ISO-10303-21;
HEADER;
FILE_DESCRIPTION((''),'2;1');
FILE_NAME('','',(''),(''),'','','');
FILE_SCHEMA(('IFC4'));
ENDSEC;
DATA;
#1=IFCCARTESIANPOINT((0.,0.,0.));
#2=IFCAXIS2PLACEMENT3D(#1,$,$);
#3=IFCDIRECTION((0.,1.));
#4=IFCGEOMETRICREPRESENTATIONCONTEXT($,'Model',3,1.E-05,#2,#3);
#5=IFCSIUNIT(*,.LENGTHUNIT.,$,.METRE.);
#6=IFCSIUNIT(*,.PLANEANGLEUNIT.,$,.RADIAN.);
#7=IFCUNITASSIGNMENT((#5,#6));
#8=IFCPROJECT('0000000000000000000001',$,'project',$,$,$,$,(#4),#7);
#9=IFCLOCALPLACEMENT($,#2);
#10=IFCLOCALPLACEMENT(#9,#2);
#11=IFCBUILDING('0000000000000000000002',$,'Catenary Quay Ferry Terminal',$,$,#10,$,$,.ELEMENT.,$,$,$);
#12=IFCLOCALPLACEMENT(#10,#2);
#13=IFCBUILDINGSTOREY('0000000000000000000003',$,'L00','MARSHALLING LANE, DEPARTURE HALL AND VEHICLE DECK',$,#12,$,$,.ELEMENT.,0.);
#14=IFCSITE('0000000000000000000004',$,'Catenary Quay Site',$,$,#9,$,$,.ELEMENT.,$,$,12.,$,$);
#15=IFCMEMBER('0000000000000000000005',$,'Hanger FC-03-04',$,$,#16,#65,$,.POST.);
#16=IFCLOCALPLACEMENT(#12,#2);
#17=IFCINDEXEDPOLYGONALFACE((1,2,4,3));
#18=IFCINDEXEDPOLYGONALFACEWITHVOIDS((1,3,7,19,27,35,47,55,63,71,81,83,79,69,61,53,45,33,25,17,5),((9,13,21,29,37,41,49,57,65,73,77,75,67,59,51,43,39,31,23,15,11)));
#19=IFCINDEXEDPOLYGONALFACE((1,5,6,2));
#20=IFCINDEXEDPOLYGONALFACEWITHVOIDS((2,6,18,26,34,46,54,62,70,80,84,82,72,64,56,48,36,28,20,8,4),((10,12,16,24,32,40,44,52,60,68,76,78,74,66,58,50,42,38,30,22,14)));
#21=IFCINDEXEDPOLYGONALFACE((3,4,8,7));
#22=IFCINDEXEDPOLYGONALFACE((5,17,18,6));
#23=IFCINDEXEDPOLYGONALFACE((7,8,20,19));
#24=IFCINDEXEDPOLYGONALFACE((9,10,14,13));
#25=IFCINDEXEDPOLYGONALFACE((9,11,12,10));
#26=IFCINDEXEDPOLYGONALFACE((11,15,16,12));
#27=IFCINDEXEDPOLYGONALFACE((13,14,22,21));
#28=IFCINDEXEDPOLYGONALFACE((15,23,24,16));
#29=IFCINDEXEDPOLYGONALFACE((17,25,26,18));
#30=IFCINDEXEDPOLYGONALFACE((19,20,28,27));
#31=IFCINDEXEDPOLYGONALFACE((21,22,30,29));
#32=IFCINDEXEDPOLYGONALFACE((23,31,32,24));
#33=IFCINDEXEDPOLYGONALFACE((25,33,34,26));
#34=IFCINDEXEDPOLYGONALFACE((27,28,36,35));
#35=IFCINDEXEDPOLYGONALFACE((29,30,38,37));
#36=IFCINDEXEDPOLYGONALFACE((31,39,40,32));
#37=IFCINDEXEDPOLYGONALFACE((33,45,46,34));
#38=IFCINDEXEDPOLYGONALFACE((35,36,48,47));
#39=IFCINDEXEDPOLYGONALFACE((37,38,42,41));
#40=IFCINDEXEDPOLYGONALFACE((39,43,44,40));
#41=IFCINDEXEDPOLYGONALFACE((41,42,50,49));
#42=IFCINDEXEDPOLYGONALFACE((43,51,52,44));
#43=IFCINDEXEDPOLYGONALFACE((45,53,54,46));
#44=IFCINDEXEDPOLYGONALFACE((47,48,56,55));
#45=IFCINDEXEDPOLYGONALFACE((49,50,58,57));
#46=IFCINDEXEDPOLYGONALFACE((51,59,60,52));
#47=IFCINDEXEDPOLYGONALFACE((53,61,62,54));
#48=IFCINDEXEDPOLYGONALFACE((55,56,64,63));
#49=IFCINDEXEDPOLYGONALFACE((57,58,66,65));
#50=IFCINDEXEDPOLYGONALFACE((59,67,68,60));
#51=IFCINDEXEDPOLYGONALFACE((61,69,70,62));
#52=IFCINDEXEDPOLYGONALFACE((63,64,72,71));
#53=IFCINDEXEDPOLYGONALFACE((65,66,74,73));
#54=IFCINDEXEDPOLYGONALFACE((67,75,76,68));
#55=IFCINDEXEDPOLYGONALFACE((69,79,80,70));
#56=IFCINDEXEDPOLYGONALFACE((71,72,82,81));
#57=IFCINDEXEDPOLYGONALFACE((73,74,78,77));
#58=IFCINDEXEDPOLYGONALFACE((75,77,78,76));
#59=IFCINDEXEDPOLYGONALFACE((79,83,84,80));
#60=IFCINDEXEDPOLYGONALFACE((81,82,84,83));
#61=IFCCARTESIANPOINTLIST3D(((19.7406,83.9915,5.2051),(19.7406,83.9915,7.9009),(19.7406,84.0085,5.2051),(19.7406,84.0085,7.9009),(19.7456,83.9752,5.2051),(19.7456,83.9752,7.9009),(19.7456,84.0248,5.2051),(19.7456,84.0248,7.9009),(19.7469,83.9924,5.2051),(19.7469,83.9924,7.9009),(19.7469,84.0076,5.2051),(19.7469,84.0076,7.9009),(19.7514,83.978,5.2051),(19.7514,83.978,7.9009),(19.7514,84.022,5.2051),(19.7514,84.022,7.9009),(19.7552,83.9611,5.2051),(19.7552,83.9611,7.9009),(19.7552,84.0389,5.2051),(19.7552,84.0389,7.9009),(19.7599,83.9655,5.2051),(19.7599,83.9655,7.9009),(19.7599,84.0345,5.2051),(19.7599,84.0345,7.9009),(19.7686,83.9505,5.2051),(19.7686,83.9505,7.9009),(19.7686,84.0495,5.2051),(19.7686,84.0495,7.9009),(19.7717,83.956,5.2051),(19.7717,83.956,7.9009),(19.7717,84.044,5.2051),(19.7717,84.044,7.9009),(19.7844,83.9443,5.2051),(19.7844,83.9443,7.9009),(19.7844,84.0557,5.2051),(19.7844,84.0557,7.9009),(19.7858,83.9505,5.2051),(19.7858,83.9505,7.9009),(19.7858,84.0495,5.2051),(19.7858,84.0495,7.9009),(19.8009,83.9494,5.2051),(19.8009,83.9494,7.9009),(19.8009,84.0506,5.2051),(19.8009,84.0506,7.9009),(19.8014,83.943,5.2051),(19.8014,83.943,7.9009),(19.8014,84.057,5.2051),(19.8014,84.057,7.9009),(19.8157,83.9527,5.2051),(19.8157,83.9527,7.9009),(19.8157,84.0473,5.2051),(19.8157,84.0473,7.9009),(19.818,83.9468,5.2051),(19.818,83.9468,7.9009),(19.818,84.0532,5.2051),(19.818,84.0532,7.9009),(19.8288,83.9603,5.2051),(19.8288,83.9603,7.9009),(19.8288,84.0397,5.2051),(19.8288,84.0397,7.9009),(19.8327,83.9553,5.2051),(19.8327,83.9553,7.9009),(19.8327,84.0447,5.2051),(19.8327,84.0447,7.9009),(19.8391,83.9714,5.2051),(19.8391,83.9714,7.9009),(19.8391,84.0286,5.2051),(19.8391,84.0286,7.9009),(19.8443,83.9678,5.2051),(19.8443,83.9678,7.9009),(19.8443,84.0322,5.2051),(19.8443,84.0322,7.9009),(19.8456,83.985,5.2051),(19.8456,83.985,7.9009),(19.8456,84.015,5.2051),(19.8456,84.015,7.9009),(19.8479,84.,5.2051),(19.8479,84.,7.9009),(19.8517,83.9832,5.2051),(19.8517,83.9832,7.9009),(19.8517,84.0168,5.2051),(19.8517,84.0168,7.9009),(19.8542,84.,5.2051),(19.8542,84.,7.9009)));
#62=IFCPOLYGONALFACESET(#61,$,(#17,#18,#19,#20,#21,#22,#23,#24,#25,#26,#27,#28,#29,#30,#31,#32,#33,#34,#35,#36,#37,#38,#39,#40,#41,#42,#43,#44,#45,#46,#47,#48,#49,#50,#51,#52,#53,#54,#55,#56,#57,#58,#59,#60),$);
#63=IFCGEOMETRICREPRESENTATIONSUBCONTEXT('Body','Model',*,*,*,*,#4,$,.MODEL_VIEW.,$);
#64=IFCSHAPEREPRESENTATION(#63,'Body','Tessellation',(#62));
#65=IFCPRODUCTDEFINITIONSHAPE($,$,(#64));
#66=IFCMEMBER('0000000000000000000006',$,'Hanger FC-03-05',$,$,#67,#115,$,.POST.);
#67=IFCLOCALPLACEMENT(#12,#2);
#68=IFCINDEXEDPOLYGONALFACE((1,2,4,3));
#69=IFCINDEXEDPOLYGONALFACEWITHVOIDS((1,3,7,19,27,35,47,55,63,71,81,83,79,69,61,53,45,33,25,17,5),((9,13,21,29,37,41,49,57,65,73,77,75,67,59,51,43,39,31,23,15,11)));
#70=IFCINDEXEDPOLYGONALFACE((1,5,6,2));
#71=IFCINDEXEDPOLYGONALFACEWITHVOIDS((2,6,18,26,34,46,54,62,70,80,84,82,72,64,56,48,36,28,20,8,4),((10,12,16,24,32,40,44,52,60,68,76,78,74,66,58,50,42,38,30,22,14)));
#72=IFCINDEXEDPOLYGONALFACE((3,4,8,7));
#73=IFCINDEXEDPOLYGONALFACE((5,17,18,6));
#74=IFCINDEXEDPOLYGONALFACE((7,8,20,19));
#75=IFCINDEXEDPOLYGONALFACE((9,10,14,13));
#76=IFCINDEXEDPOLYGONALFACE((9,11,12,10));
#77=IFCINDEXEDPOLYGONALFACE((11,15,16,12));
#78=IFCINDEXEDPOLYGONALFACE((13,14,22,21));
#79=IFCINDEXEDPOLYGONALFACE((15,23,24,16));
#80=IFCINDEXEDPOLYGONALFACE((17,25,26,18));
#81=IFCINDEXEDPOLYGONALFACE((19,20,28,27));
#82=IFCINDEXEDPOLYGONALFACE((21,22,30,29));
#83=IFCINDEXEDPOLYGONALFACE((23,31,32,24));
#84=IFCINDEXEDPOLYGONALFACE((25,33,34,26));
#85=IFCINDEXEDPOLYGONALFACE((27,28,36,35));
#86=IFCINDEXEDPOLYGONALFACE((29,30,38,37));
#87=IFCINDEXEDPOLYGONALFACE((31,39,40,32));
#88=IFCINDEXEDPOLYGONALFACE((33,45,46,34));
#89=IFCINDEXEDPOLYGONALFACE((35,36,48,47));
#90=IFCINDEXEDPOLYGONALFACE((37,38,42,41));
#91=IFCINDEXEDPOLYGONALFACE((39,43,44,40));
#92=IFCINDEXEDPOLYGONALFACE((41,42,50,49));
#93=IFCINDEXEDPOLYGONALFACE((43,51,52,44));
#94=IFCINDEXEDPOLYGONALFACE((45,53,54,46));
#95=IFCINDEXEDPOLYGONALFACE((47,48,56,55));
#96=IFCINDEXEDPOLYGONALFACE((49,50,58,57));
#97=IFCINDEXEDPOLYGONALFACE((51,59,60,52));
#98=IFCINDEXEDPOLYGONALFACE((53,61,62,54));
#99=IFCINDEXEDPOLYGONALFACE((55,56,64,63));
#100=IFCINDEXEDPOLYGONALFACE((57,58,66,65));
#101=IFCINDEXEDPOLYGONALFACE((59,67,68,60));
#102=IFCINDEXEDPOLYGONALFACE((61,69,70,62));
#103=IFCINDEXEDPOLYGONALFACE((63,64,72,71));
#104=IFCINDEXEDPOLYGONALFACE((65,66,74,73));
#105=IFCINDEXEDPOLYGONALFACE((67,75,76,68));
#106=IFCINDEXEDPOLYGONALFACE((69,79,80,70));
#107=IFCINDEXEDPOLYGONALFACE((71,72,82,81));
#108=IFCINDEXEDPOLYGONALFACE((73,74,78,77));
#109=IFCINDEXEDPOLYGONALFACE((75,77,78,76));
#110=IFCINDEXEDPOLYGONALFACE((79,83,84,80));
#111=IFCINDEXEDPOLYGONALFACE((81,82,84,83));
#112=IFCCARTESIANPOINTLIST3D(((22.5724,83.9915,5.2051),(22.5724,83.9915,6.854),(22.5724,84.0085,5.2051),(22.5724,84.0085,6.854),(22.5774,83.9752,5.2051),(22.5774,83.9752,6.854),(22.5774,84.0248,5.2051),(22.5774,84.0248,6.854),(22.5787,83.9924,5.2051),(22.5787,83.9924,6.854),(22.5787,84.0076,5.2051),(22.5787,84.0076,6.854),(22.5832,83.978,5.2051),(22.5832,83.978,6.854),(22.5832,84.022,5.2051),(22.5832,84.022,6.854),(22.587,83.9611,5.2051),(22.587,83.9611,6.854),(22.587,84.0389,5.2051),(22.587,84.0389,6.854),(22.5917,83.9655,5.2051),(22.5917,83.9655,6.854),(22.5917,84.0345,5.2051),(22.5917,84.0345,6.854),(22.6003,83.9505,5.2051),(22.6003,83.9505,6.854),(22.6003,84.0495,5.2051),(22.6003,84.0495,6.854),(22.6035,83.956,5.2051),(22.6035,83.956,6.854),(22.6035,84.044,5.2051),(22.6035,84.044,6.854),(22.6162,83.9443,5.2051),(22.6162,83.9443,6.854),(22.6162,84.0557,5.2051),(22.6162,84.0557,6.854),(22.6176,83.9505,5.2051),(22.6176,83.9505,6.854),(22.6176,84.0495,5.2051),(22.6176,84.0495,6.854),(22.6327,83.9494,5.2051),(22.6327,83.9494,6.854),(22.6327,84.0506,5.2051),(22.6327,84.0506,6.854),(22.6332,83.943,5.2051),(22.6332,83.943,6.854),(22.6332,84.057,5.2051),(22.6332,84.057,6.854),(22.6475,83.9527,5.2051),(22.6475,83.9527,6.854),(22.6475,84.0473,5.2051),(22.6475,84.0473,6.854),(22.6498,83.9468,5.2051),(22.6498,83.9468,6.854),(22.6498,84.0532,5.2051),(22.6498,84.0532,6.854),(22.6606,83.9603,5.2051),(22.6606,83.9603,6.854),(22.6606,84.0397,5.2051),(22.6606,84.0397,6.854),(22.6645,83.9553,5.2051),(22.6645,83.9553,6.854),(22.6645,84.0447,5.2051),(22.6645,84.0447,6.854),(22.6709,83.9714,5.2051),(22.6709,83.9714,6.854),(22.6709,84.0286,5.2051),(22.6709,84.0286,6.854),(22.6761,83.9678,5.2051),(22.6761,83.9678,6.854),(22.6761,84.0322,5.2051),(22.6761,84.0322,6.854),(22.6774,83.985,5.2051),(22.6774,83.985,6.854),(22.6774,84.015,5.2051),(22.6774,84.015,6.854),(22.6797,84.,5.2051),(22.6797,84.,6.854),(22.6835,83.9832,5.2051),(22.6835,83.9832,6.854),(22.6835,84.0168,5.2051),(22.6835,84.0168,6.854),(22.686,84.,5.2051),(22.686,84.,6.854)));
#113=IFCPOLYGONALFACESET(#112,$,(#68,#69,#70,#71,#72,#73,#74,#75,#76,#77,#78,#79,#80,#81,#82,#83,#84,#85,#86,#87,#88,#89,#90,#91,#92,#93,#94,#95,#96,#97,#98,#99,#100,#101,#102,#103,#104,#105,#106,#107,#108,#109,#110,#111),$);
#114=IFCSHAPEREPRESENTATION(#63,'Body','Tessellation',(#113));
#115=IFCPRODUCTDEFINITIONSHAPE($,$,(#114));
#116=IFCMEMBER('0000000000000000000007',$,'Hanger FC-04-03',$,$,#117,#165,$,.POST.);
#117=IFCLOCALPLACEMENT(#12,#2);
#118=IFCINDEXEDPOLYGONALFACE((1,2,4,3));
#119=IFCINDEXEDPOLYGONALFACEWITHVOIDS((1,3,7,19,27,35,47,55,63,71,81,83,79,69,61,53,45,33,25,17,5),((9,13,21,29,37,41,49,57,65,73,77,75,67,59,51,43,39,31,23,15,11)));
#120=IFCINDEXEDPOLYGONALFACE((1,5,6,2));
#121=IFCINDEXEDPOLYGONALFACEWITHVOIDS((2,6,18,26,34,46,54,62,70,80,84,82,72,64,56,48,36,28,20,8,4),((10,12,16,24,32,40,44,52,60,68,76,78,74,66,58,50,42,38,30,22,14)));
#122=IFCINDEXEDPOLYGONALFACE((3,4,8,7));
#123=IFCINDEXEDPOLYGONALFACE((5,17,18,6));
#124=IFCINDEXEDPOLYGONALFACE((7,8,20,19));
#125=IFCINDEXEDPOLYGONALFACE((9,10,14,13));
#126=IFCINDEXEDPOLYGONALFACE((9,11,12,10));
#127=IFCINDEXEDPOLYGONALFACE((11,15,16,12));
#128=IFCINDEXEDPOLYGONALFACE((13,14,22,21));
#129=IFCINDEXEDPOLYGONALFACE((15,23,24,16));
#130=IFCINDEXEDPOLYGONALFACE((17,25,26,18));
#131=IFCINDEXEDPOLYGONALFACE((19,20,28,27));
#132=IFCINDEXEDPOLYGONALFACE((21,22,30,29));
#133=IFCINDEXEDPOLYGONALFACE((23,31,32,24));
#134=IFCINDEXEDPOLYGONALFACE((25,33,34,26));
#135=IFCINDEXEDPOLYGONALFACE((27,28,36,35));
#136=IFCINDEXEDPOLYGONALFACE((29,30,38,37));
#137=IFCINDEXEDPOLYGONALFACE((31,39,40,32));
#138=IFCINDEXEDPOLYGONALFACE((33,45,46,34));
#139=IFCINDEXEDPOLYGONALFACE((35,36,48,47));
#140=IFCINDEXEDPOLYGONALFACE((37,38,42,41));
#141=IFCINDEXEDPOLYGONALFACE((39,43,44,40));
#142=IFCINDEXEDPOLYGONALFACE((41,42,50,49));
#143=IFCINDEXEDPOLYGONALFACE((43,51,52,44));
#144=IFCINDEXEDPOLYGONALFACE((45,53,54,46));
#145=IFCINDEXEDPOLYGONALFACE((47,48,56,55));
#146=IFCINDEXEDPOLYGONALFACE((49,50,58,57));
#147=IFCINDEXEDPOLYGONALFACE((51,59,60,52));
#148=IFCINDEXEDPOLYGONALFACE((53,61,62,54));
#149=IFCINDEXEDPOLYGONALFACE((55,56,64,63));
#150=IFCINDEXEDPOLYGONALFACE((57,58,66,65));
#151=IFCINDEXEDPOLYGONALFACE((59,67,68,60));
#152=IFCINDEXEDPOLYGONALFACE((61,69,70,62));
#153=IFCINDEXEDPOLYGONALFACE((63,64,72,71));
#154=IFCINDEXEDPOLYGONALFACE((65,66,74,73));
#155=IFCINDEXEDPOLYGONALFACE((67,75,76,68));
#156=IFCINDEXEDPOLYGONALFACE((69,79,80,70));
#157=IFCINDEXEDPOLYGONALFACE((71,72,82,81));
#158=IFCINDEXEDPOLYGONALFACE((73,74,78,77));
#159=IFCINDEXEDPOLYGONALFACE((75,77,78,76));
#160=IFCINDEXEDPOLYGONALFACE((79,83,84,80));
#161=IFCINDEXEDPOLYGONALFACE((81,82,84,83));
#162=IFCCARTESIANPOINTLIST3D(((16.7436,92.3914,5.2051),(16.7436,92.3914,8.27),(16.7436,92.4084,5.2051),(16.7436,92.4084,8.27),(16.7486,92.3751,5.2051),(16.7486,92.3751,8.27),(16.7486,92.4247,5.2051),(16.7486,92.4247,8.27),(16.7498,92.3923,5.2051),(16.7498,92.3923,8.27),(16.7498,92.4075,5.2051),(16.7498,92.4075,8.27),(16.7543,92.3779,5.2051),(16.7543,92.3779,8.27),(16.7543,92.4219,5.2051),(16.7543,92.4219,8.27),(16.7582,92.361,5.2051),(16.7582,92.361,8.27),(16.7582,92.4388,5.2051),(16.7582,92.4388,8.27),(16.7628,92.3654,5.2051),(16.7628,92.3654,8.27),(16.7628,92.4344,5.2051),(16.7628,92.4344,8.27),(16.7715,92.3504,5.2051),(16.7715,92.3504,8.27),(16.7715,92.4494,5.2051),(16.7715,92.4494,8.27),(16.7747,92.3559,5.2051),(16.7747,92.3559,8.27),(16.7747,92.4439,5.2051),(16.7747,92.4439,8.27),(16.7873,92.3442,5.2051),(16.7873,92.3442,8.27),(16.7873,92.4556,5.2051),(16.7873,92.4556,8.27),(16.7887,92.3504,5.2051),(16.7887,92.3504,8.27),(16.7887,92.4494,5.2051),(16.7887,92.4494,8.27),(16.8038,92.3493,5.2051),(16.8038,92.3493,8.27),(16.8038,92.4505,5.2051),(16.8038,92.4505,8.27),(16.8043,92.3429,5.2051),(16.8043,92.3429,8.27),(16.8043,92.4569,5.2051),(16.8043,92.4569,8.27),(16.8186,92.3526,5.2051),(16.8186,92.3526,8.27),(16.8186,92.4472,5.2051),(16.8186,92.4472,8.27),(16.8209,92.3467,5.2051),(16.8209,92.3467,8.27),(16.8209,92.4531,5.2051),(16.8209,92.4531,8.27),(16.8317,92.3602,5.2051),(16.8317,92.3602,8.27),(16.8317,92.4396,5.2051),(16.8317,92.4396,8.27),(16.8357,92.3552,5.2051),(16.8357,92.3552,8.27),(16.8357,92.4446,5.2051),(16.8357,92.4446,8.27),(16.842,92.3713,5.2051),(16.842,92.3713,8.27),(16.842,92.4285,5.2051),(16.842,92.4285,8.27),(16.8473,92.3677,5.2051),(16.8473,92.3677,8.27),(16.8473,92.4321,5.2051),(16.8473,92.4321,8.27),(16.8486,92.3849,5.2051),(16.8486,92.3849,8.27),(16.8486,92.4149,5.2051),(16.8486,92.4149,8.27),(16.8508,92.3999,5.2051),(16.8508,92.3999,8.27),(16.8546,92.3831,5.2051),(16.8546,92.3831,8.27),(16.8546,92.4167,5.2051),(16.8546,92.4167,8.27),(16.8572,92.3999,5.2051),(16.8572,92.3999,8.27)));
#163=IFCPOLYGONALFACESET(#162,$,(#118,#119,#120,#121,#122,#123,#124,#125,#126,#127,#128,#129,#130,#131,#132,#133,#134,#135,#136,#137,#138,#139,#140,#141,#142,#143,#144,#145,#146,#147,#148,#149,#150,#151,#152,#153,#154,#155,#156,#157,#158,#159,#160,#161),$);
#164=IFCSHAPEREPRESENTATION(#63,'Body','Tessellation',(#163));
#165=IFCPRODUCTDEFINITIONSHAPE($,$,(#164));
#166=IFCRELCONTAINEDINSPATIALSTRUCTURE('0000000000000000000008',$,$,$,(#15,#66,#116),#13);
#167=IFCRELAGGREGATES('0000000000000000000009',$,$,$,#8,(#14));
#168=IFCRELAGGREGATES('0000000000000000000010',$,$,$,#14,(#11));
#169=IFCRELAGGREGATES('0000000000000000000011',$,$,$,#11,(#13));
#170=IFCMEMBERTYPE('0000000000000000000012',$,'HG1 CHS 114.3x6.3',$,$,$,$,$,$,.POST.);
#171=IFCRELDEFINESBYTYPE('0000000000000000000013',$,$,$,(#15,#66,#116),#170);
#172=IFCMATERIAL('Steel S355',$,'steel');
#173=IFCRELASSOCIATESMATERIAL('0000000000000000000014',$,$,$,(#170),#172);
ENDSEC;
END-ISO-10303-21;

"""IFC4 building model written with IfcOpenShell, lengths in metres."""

from ifc_helpers import new_model, si_unit, direction, frame, origin, origin_2d, place, context, subcontext, project, spatial, hollow_circle, extrude, material, material_profile, profile_set, type_object, element, save


model = new_model("IFC4")

# Units and contexts
model_context = context("Model", 3, precision=1e-05, world=origin(), true_north=direction((0.0, 1.0)))
body_context = subcontext(model_context, "Body", "Model", "MODEL_VIEW")
ifc_project = project(units=[si_unit("LENGTHUNIT", "METRE"), si_unit("PLANEANGLEUNIT", "RADIAN")], contexts=[model_context])

# Site, building, storey
site_placement = place(None, origin())
site = spatial("IfcSite", under=ifc_project, at=site_placement, Name="Catenary Quay Site", CompositionType="ELEMENT", RefElevation=12.0)
building_placement = place(site_placement, origin())
building = spatial("IfcBuilding", under=site, at=building_placement, Name="Catenary Quay Ferry Terminal", CompositionType="ELEMENT")
storey_placement = place(building_placement, origin())
storey = spatial("IfcBuildingStorey", under=building, at=storey_placement, Name="L00", Description="MARSHALLING LANE, DEPARTURE HALL AND VEHICLE DECK", CompositionType="ELEMENT", Elevation=0.0)

# Members
ifc_material_1 = material(Name="Steel S355", Category="steel")
ifc_material_profile_1 = material_profile(ifc_material_1, hollow_circle(Radius=0.0571, WallThickness=0.0063, at=origin_2d()), Name="CHS 114.3x6.3")
ifc_profile_set_1 = profile_set([ifc_material_profile_1], Name="Steel S355")
member_type_1 = type_object("IfcMemberType", Name="HG1 CHS 114.3x6.3", PredefinedType="POST", material=ifc_profile_set_1)
member_1_placement = place(storey_placement, frame((19.7971, 84.0, 5.2051), z_axis=(0.0, 0.0, 1.0), x_axis=(1.0, 0.0, 0.0)))
element("IfcMember", 1, at=member_1_placement, inside=storey, type_object=member_type_1, Name="Hanger FC-03-04", PredefinedType="POST", context=body_context, shape_type="SweptSolid", body=[
    extrude(hollow_circle(Radius=0.0571, WallThickness=0.0063, at=origin_2d()), origin(), (0.0, 0.0, 1.0), 2.6958),
])
member_2_placement = place(storey_placement, frame((22.6289, 84.0, 5.2051), z_axis=(0.0, 0.0, 1.0), x_axis=(1.0, 0.0, 0.0)))
element("IfcMember", 2, at=member_2_placement, inside=storey, type_object=member_type_1, Name="Hanger FC-03-05", PredefinedType="POST", context=body_context, shape_type="SweptSolid", body=[
    extrude(hollow_circle(Radius=0.0571, WallThickness=0.0063, at=origin_2d()), origin(), (0.0, 0.0, 1.0), 1.6489),
])
member_3_placement = place(storey_placement, frame((16.8, 92.3999, 5.2051), z_axis=(0.0, 0.0, 1.0), x_axis=(1.0, 0.0, 0.0)))
element("IfcMember", 3, at=member_3_placement, inside=storey, type_object=member_type_1, Name="Hanger FC-04-03", PredefinedType="POST", context=body_context, shape_type="SweptSolid", body=[
    extrude(hollow_circle(Radius=0.0571, WallThickness=0.0063, at=origin_2d()), origin(), (0.0, 0.0, 1.0), 3.0649),
])

save(model, "model.ifc")
